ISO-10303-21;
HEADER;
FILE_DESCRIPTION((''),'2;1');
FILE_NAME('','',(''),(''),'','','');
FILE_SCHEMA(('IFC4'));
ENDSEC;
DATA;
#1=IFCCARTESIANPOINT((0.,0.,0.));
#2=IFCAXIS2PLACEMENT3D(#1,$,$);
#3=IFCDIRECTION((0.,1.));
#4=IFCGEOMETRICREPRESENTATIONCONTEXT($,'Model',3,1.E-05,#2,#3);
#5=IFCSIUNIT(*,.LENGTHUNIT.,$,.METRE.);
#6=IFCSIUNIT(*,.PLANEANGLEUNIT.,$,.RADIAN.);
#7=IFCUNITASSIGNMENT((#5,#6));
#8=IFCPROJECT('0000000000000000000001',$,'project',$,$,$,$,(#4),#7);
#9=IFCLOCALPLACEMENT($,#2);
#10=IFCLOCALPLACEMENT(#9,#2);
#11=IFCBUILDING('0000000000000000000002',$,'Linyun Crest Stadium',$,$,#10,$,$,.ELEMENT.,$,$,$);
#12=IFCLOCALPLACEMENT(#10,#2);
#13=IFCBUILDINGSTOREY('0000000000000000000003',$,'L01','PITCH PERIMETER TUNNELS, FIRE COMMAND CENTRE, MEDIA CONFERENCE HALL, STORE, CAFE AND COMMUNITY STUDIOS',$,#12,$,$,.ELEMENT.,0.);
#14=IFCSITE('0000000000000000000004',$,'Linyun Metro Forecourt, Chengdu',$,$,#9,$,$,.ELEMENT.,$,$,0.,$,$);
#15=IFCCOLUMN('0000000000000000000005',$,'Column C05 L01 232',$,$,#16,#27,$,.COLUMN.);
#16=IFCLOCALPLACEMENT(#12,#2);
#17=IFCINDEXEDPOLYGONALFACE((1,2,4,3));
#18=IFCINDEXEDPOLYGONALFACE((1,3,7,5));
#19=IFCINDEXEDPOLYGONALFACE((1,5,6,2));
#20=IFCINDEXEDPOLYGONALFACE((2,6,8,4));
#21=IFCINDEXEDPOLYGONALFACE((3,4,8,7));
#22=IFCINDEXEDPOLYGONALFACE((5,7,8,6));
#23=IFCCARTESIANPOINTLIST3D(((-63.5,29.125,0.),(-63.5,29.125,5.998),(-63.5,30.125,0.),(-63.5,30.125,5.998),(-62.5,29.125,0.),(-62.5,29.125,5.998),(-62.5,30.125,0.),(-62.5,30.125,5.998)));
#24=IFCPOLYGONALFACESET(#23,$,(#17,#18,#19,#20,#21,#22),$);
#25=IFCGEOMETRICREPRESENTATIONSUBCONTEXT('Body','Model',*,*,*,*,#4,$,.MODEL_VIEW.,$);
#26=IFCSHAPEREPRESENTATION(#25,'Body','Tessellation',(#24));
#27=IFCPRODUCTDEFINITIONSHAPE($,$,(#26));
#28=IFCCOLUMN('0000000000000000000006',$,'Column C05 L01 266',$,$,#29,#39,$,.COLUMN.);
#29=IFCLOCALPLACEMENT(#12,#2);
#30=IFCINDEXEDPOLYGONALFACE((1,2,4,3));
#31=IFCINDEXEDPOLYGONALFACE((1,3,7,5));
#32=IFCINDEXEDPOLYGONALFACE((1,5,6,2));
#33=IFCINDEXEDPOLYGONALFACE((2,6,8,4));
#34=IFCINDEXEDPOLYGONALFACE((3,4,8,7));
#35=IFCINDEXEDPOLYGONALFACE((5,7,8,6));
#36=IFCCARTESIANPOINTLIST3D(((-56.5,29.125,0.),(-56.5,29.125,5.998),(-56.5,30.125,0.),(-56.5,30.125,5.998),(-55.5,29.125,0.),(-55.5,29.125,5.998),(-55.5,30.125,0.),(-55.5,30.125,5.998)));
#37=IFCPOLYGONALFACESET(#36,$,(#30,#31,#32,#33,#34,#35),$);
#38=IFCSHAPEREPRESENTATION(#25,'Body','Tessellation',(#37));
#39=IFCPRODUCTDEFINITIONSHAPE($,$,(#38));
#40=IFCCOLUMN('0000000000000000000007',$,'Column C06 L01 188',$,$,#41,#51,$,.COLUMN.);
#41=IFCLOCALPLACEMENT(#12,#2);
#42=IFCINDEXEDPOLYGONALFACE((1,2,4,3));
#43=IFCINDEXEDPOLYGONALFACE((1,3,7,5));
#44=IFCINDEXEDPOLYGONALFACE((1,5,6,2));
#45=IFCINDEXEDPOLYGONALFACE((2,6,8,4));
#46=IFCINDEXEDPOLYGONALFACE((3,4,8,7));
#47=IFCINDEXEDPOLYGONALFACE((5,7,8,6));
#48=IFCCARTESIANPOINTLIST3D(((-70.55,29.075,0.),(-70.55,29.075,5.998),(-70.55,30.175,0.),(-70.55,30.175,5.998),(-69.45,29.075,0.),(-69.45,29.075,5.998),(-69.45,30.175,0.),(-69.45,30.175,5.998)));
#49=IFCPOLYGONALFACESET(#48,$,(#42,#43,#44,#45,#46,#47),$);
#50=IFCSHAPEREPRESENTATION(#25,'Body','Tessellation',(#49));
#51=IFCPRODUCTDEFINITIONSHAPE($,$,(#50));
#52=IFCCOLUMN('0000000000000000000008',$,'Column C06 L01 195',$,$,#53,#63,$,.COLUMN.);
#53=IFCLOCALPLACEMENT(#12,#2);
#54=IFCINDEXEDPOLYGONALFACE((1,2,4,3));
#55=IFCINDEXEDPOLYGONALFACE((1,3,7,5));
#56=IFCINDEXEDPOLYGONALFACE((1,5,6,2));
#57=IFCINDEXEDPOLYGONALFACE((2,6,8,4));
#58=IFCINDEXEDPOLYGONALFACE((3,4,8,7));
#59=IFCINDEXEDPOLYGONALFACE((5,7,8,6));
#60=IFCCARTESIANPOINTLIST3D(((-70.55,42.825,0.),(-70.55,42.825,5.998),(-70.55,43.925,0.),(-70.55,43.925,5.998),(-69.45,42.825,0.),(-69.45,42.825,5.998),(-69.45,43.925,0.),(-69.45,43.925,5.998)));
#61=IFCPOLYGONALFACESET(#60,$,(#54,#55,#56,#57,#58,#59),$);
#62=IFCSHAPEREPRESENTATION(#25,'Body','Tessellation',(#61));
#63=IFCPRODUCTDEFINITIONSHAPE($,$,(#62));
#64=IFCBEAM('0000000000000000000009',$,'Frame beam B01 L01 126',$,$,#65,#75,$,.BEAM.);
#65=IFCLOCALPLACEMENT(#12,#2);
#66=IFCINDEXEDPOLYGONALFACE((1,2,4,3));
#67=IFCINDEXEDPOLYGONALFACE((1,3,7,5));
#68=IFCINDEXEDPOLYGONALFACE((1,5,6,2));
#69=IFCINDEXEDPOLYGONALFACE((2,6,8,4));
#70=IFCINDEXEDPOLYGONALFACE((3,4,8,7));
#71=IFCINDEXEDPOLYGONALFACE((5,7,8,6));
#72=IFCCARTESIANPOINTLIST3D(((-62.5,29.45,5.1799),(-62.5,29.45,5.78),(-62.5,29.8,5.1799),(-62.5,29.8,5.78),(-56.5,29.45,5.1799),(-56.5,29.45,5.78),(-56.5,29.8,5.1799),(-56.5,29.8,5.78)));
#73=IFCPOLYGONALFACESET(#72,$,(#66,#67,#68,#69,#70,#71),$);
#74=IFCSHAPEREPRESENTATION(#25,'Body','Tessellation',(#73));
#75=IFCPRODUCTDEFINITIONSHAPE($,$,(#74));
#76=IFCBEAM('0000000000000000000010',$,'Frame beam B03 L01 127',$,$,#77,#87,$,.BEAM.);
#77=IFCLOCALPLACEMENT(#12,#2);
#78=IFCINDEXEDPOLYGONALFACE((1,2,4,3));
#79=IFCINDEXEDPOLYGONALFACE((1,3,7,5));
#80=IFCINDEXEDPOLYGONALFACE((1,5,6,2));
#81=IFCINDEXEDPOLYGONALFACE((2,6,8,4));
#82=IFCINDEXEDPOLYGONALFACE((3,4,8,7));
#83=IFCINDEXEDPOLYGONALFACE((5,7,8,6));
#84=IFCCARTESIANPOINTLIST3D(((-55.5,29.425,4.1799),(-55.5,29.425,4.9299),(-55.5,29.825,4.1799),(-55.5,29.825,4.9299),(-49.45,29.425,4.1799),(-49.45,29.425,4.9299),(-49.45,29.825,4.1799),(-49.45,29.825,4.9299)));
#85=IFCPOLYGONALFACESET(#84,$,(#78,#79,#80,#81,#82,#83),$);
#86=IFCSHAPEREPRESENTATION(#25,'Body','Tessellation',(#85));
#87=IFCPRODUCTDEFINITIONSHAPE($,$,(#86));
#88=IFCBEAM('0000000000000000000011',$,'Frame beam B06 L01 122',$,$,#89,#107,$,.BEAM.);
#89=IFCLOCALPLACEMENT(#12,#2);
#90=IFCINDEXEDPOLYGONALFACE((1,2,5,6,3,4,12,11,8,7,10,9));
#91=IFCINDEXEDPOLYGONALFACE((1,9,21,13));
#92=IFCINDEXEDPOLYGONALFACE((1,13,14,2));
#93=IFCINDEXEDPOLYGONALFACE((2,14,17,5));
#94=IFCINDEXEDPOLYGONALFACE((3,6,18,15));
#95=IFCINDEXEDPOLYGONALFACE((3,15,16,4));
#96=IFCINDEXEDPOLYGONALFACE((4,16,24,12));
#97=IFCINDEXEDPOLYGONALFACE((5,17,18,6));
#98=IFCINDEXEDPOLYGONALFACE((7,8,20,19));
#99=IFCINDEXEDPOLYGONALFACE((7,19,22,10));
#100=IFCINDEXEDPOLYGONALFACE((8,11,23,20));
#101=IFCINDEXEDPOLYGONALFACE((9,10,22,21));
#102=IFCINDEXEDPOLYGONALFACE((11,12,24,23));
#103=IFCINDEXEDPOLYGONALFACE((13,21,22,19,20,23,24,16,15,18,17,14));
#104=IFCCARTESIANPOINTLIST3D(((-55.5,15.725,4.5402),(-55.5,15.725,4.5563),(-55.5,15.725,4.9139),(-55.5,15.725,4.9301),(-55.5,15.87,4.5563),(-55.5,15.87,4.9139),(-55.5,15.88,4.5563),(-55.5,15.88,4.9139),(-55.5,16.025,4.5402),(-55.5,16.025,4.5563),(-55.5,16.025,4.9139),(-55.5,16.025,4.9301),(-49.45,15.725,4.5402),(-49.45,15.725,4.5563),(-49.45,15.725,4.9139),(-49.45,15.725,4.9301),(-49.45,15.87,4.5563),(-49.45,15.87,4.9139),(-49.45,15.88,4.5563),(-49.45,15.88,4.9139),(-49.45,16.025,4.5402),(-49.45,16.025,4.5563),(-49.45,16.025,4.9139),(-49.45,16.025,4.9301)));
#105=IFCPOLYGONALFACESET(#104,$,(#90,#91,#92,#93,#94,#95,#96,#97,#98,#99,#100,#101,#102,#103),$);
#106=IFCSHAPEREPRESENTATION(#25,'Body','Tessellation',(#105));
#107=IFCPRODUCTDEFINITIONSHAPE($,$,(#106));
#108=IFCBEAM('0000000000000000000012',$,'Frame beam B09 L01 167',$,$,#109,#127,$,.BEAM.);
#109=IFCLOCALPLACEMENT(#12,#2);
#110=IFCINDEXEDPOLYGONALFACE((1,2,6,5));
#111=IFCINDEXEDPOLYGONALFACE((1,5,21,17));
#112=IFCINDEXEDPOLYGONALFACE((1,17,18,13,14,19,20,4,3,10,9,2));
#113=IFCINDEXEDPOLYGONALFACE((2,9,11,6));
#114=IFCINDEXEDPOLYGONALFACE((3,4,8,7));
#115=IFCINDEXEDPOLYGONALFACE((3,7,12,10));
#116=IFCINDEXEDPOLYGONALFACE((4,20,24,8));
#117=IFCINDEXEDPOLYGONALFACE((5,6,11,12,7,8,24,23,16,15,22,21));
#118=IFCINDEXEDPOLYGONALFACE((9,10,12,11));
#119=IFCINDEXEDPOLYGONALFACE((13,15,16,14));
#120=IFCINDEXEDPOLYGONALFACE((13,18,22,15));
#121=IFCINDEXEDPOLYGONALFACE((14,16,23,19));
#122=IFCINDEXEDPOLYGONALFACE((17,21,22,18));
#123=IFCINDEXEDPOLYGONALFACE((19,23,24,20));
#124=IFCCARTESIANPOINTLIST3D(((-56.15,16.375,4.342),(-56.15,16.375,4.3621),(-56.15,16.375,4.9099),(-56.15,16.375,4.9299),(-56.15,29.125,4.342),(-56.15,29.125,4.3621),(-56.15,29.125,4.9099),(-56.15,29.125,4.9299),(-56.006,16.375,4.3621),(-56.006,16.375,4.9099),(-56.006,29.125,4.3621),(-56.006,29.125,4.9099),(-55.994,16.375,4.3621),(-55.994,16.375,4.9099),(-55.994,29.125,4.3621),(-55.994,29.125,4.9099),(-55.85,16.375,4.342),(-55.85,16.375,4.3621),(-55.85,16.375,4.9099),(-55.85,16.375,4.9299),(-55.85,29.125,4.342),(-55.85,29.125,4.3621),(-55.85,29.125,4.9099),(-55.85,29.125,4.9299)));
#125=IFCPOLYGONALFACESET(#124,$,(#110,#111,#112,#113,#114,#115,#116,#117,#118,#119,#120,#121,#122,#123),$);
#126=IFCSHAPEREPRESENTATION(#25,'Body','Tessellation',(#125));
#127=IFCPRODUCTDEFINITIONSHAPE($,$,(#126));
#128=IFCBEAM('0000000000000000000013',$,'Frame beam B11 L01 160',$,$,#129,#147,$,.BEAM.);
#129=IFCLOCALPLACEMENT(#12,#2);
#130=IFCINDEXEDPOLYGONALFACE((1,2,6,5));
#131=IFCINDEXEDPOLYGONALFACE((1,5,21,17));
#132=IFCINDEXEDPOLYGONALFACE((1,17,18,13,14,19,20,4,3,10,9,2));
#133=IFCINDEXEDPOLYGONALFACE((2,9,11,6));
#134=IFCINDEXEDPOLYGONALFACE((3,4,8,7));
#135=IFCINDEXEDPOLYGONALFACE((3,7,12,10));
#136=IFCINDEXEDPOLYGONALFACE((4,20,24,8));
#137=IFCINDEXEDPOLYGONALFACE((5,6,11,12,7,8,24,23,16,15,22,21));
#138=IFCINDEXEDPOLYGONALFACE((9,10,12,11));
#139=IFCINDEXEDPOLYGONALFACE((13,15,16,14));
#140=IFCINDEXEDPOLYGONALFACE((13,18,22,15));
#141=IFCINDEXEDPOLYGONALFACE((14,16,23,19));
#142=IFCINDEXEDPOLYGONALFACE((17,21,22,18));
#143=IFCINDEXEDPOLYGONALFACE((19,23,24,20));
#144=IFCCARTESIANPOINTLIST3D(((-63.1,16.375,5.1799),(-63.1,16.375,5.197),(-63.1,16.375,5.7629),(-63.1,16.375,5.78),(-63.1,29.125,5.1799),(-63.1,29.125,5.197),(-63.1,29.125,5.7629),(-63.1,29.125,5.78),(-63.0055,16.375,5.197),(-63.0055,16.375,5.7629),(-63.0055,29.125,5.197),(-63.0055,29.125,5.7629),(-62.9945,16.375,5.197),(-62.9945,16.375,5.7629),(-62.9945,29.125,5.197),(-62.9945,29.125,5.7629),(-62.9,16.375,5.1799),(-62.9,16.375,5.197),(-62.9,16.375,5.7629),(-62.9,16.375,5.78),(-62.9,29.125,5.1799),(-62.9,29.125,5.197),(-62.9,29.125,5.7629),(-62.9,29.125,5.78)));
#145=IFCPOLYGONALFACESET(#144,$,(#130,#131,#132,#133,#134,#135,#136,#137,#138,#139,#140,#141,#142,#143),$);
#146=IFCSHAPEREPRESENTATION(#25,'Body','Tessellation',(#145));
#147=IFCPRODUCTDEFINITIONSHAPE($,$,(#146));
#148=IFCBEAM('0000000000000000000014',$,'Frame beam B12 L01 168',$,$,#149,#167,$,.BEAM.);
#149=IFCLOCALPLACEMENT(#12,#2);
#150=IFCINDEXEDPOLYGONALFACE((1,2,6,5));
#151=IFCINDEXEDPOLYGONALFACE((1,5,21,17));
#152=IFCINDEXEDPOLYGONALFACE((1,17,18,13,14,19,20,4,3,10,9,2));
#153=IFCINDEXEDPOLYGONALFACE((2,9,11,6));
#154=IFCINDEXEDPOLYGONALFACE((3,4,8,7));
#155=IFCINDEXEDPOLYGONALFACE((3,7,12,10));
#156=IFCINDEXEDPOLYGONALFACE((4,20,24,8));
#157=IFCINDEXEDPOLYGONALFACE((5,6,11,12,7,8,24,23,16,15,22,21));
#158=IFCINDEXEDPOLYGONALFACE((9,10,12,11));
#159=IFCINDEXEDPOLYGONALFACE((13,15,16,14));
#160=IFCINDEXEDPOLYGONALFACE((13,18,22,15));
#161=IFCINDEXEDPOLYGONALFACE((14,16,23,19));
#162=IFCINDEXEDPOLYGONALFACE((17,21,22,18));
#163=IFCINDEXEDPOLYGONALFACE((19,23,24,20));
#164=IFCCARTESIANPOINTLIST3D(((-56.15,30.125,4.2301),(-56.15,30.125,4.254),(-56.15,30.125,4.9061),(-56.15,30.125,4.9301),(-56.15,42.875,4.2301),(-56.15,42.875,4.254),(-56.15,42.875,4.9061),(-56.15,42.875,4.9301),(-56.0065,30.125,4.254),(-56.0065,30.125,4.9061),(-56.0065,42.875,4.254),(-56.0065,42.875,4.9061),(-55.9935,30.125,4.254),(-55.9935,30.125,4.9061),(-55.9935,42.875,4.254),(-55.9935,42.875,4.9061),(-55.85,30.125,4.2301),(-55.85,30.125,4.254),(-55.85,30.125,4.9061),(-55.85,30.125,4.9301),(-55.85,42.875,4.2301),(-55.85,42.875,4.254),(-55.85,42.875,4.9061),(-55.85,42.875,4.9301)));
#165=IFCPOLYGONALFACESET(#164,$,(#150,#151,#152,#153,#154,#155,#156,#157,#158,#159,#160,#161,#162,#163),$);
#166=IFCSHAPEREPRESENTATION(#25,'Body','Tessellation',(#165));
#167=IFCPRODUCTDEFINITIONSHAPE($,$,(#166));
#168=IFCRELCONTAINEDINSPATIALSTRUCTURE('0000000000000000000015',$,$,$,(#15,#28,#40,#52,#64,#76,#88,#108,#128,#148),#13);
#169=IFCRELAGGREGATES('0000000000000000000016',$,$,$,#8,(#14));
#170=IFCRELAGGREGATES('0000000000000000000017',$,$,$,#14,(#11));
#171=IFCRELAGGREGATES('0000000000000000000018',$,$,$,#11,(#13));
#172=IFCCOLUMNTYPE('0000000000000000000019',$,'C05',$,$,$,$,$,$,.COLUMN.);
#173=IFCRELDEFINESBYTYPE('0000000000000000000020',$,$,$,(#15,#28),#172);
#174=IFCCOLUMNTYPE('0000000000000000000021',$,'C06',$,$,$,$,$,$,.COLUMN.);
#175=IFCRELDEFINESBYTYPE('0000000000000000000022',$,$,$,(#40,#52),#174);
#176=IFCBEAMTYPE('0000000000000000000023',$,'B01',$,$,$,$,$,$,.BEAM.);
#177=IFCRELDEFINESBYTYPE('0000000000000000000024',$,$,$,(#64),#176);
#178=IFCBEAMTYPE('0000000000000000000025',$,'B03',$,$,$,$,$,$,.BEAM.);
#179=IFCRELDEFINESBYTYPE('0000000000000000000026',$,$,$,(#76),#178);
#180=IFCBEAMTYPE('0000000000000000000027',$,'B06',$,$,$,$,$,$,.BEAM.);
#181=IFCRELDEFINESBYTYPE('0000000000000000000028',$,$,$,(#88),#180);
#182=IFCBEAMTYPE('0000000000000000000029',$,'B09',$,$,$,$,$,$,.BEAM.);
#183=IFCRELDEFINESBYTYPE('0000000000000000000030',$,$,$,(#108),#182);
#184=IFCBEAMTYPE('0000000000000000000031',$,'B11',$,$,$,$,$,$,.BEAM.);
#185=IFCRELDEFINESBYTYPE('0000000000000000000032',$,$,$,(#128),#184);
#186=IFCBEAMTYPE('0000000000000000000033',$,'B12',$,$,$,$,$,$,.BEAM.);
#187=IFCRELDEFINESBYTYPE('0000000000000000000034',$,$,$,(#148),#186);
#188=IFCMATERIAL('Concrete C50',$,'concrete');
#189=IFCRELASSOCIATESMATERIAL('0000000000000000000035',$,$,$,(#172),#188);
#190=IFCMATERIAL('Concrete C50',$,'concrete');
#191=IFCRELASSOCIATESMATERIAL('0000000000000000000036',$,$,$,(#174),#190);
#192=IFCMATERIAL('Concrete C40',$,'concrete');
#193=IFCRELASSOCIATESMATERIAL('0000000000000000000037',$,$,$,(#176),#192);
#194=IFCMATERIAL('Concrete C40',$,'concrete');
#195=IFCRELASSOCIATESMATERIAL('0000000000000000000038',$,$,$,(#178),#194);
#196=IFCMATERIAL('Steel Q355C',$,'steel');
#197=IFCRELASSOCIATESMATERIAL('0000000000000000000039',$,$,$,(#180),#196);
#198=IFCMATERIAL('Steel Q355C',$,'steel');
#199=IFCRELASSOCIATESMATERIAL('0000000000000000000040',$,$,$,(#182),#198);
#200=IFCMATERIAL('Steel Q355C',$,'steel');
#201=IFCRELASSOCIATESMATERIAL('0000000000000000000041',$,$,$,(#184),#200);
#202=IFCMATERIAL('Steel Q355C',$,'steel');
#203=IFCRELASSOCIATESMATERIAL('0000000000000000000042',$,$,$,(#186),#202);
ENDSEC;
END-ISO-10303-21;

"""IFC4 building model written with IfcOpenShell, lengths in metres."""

from ifc_helpers import new_model, si_unit, direction, frame, origin, origin_2d, place, context, subcontext, project, spatial, rectangle, i_section, extrude, material, material_profile, profile_set, type_object, element, save


model = new_model("IFC4")

# Units and contexts
model_context = context("Model", 3, precision=1e-05, world=origin(), true_north=direction((0.0, 1.0)))
body_context = subcontext(model_context, "Body", "Model", "MODEL_VIEW")
ifc_project = project(units=[si_unit("LENGTHUNIT", "METRE"), si_unit("PLANEANGLEUNIT", "RADIAN")], contexts=[model_context])

# Site, building, storey
site_placement = place(None, origin())
site = spatial("IfcSite", under=ifc_project, at=site_placement, Name="Linyun Metro Forecourt, Chengdu", CompositionType="ELEMENT", RefElevation=0.0)
building_placement = place(site_placement, origin())
building = spatial("IfcBuilding", under=site, at=building_placement, Name="Linyun Crest Stadium", CompositionType="ELEMENT")
storey_placement = place(building_placement, origin())
storey = spatial("IfcBuildingStorey", under=building, at=storey_placement, Name="L01", Description="PITCH PERIMETER TUNNELS, FIRE COMMAND CENTRE, MEDIA CONFERENCE HALL, STORE, CAFE AND COMMUNITY STUDIOS", CompositionType="ELEMENT", Elevation=0.0)

# Columns
ifc_material_1 = material(Name="Concrete C50", Category="concrete")
ifc_material_profile_1 = material_profile(ifc_material_1, rectangle(XDim=1.0, YDim=1.0, at=origin_2d()), Name="RC 1000x1000")
ifc_profile_set_1 = profile_set([ifc_material_profile_1], Name="Concrete C50")
column_type_1 = type_object("IfcColumnType", Name="C05", PredefinedType="COLUMN", material=ifc_profile_set_1)
for number, where, z_axis, x_axis, name in (
    (1, (-63.0, 29.625, 0.0), (0.0, 0.0, 1.0), (1.0, 0.0, 0.0), "Column C05 L01 232"),
    (2, (-56.0, 29.625, 0.0), (0.0, 0.0, 1.0), (1.0, 0.0, 0.0), "Column C05 L01 266"),
):
    element("IfcColumn", number, at=place(storey_placement, frame(where, z_axis=z_axis, x_axis=x_axis)), inside=storey, type_object=column_type_1, Name=name, PredefinedType="COLUMN", context=body_context, shape_type="SweptSolid", body=[
        extrude(rectangle(XDim=1.0, YDim=1.0, at=origin_2d()), origin(), (0.0, 0.0, 1.0), 5.998),
    ])
ifc_material_2 = material(Name="Concrete C50", Category="concrete")
ifc_material_profile_2 = material_profile(ifc_material_2, rectangle(XDim=1.1001, YDim=1.1001, at=origin_2d()), Name="RC 1100x1100")
ifc_profile_set_2 = profile_set([ifc_material_profile_2], Name="Concrete C50")
column_type_2 = type_object("IfcColumnType", Name="C06", PredefinedType="COLUMN", material=ifc_profile_set_2)
for number, where, z_axis, x_axis, name in (
    (3, (-70.0, 29.625, 0.0), (0.0, 0.0, 1.0), (1.0, 0.0, 0.0), "Column C06 L01 188"),
    (4, (-70.0, 43.375, 0.0), (0.0, 0.0, 1.0), (1.0, 0.0, 0.0), "Column C06 L01 195"),
):
    element("IfcColumn", number, at=place(storey_placement, frame(where, z_axis=z_axis, x_axis=x_axis)), inside=storey, type_object=column_type_2, Name=name, PredefinedType="COLUMN", context=body_context, shape_type="SweptSolid", body=[
        extrude(rectangle(XDim=1.1001, YDim=1.1001, at=origin_2d()), origin(), (0.0, 0.0, 1.0), 5.998),
    ])

# Beams
ifc_material_3 = material(Name="Concrete C40", Category="concrete")
ifc_material_profile_3 = material_profile(ifc_material_3, rectangle(XDim=0.3501, YDim=0.6001, at=origin_2d()), Name="RCB 600x350")
ifc_profile_set_3 = profile_set([ifc_material_profile_3], Name="Concrete C40")
beam_type_1 = type_object("IfcBeamType", Name="B01", PredefinedType="BEAM", material=ifc_profile_set_3)
beam_1_placement = place(storey_placement, frame((-62.5, 29.625, 5.48), z_axis=(1.0, 0.0, 0.0), x_axis=(0.0, 1.0, 0.0)))
element("IfcBeam", 5, at=beam_1_placement, inside=storey, type_object=beam_type_1, Name="Frame beam B01 L01 126", PredefinedType="BEAM", context=body_context, shape_type="SweptSolid", body=[
    extrude(rectangle(XDim=0.3501, YDim=0.6001, at=origin_2d()), origin(), (0.0, 0.0, 1.0), 6.0),
])
ifc_material_4 = material(Name="Concrete C40", Category="concrete")
ifc_material_profile_4 = material_profile(ifc_material_4, rectangle(XDim=0.3999, YDim=0.75, at=origin_2d()), Name="RCB 750x400")
ifc_profile_set_4 = profile_set([ifc_material_profile_4], Name="Concrete C40")
beam_type_2 = type_object("IfcBeamType", Name="B03", PredefinedType="BEAM", material=ifc_profile_set_4)
beam_2_placement = place(storey_placement, frame((-55.5, 29.625, 4.5549), z_axis=(1.0, 0.0, 0.0), x_axis=(0.0, 1.0, 0.0)))
element("IfcBeam", 6, at=beam_2_placement, inside=storey, type_object=beam_type_2, Name="Frame beam B03 L01 127", PredefinedType="BEAM", context=body_context, shape_type="SweptSolid", body=[
    extrude(rectangle(XDim=0.3999, YDim=0.75, at=origin_2d()), origin(), (0.0, 0.0, 1.0), 6.05),
])
ifc_material_5 = material(Name="Steel Q355C", Category="steel")
ifc_material_profile_5 = material_profile(ifc_material_5, i_section(OverallWidth=0.3, OverallDepth=0.3899, WebThickness=0.01, FlangeThickness=0.0161, at=origin_2d()), Name="HM 390x300")
ifc_profile_set_5 = profile_set([ifc_material_profile_5], Name="Steel Q355C")
beam_type_3 = type_object("IfcBeamType", Name="B06", PredefinedType="BEAM", material=ifc_profile_set_5)
beam_3_placement = place(storey_placement, frame((-55.5, 15.875, 4.7351), z_axis=(1.0, 0.0, 0.0), x_axis=(0.0, 1.0, 0.0)))
element("IfcBeam", 7, at=beam_3_placement, inside=storey, type_object=beam_type_3, Name="Frame beam B06 L01 122", PredefinedType="BEAM", context=body_context, shape_type="SweptSolid", body=[
    extrude(i_section(OverallWidth=0.3, OverallDepth=0.3899, WebThickness=0.01, FlangeThickness=0.0161, at=origin_2d()), origin(), (0.0, 0.0, 1.0), 6.05),
])
ifc_material_6 = material(Name="Steel Q355C", Category="steel")
ifc_material_profile_6 = material_profile(ifc_material_6, i_section(OverallWidth=0.3, OverallDepth=0.5879, WebThickness=0.012, FlangeThickness=0.02, at=origin_2d()), Name="HM 588x300")
ifc_profile_set_6 = profile_set([ifc_material_profile_6], Name="Steel Q355C")
beam_type_4 = type_object("IfcBeamType", Name="B09", PredefinedType="BEAM", material=ifc_profile_set_6)
beam_4_placement = place(storey_placement, frame((-56.0, 16.375, 4.636), z_axis=(0.0, 1.0, 0.0), x_axis=(-1.0, 0.0, 0.0)))
element("IfcBeam", 8, at=beam_4_placement, inside=storey, type_object=beam_type_4, Name="Frame beam B09 L01 167", PredefinedType="BEAM", context=body_context, shape_type="SweptSolid", body=[
    extrude(i_section(OverallWidth=0.3, OverallDepth=0.5879, WebThickness=0.012, FlangeThickness=0.02, at=origin_2d()), origin(), (0.0, 0.0, 1.0), 12.75),
])
ifc_material_7 = material(Name="Steel Q355C", Category="steel")
ifc_material_profile_7 = material_profile(ifc_material_7, i_section(OverallWidth=0.2, OverallDepth=0.6001, WebThickness=0.011, FlangeThickness=0.0171, at=origin_2d()), Name="HN 600x200")
ifc_profile_set_7 = profile_set([ifc_material_profile_7], Name="Steel Q355C")
beam_type_5 = type_object("IfcBeamType", Name="B11", PredefinedType="BEAM", material=ifc_profile_set_7)
beam_5_placement = place(storey_placement, frame((-63.0, 16.375, 5.48), z_axis=(0.0, 1.0, 0.0), x_axis=(-1.0, 0.0, 0.0)))
element("IfcBeam", 9, at=beam_5_placement, inside=storey, type_object=beam_type_5, Name="Frame beam B11 L01 160", PredefinedType="BEAM", context=body_context, shape_type="SweptSolid", body=[
    extrude(i_section(OverallWidth=0.2, OverallDepth=0.6001, WebThickness=0.011, FlangeThickness=0.0171, at=origin_2d()), origin(), (0.0, 0.0, 1.0), 12.75),
])
ifc_material_8 = material(Name="Steel Q355C", Category="steel")
ifc_material_profile_8 = material_profile(ifc_material_8, i_section(OverallWidth=0.3, OverallDepth=0.7, WebThickness=0.0129, FlangeThickness=0.0239, at=origin_2d()), Name="HN 700x300")
ifc_profile_set_8 = profile_set([ifc_material_profile_8], Name="Steel Q355C")
beam_type_6 = type_object("IfcBeamType", Name="B12", PredefinedType="BEAM", material=ifc_profile_set_8)
beam_6_placement = place(storey_placement, frame((-56.0, 30.125, 4.5801), z_axis=(0.0, 1.0, 0.0), x_axis=(-1.0, 0.0, 0.0)))
element("IfcBeam", 10, at=beam_6_placement, inside=storey, type_object=beam_type_6, Name="Frame beam B12 L01 168", PredefinedType="BEAM", context=body_context, shape_type="SweptSolid", body=[
    extrude(i_section(OverallWidth=0.3, OverallDepth=0.7, WebThickness=0.0129, FlangeThickness=0.0239, at=origin_2d()), origin(), (0.0, 0.0, 1.0), 12.75),
])

save(model, "model.ifc")
